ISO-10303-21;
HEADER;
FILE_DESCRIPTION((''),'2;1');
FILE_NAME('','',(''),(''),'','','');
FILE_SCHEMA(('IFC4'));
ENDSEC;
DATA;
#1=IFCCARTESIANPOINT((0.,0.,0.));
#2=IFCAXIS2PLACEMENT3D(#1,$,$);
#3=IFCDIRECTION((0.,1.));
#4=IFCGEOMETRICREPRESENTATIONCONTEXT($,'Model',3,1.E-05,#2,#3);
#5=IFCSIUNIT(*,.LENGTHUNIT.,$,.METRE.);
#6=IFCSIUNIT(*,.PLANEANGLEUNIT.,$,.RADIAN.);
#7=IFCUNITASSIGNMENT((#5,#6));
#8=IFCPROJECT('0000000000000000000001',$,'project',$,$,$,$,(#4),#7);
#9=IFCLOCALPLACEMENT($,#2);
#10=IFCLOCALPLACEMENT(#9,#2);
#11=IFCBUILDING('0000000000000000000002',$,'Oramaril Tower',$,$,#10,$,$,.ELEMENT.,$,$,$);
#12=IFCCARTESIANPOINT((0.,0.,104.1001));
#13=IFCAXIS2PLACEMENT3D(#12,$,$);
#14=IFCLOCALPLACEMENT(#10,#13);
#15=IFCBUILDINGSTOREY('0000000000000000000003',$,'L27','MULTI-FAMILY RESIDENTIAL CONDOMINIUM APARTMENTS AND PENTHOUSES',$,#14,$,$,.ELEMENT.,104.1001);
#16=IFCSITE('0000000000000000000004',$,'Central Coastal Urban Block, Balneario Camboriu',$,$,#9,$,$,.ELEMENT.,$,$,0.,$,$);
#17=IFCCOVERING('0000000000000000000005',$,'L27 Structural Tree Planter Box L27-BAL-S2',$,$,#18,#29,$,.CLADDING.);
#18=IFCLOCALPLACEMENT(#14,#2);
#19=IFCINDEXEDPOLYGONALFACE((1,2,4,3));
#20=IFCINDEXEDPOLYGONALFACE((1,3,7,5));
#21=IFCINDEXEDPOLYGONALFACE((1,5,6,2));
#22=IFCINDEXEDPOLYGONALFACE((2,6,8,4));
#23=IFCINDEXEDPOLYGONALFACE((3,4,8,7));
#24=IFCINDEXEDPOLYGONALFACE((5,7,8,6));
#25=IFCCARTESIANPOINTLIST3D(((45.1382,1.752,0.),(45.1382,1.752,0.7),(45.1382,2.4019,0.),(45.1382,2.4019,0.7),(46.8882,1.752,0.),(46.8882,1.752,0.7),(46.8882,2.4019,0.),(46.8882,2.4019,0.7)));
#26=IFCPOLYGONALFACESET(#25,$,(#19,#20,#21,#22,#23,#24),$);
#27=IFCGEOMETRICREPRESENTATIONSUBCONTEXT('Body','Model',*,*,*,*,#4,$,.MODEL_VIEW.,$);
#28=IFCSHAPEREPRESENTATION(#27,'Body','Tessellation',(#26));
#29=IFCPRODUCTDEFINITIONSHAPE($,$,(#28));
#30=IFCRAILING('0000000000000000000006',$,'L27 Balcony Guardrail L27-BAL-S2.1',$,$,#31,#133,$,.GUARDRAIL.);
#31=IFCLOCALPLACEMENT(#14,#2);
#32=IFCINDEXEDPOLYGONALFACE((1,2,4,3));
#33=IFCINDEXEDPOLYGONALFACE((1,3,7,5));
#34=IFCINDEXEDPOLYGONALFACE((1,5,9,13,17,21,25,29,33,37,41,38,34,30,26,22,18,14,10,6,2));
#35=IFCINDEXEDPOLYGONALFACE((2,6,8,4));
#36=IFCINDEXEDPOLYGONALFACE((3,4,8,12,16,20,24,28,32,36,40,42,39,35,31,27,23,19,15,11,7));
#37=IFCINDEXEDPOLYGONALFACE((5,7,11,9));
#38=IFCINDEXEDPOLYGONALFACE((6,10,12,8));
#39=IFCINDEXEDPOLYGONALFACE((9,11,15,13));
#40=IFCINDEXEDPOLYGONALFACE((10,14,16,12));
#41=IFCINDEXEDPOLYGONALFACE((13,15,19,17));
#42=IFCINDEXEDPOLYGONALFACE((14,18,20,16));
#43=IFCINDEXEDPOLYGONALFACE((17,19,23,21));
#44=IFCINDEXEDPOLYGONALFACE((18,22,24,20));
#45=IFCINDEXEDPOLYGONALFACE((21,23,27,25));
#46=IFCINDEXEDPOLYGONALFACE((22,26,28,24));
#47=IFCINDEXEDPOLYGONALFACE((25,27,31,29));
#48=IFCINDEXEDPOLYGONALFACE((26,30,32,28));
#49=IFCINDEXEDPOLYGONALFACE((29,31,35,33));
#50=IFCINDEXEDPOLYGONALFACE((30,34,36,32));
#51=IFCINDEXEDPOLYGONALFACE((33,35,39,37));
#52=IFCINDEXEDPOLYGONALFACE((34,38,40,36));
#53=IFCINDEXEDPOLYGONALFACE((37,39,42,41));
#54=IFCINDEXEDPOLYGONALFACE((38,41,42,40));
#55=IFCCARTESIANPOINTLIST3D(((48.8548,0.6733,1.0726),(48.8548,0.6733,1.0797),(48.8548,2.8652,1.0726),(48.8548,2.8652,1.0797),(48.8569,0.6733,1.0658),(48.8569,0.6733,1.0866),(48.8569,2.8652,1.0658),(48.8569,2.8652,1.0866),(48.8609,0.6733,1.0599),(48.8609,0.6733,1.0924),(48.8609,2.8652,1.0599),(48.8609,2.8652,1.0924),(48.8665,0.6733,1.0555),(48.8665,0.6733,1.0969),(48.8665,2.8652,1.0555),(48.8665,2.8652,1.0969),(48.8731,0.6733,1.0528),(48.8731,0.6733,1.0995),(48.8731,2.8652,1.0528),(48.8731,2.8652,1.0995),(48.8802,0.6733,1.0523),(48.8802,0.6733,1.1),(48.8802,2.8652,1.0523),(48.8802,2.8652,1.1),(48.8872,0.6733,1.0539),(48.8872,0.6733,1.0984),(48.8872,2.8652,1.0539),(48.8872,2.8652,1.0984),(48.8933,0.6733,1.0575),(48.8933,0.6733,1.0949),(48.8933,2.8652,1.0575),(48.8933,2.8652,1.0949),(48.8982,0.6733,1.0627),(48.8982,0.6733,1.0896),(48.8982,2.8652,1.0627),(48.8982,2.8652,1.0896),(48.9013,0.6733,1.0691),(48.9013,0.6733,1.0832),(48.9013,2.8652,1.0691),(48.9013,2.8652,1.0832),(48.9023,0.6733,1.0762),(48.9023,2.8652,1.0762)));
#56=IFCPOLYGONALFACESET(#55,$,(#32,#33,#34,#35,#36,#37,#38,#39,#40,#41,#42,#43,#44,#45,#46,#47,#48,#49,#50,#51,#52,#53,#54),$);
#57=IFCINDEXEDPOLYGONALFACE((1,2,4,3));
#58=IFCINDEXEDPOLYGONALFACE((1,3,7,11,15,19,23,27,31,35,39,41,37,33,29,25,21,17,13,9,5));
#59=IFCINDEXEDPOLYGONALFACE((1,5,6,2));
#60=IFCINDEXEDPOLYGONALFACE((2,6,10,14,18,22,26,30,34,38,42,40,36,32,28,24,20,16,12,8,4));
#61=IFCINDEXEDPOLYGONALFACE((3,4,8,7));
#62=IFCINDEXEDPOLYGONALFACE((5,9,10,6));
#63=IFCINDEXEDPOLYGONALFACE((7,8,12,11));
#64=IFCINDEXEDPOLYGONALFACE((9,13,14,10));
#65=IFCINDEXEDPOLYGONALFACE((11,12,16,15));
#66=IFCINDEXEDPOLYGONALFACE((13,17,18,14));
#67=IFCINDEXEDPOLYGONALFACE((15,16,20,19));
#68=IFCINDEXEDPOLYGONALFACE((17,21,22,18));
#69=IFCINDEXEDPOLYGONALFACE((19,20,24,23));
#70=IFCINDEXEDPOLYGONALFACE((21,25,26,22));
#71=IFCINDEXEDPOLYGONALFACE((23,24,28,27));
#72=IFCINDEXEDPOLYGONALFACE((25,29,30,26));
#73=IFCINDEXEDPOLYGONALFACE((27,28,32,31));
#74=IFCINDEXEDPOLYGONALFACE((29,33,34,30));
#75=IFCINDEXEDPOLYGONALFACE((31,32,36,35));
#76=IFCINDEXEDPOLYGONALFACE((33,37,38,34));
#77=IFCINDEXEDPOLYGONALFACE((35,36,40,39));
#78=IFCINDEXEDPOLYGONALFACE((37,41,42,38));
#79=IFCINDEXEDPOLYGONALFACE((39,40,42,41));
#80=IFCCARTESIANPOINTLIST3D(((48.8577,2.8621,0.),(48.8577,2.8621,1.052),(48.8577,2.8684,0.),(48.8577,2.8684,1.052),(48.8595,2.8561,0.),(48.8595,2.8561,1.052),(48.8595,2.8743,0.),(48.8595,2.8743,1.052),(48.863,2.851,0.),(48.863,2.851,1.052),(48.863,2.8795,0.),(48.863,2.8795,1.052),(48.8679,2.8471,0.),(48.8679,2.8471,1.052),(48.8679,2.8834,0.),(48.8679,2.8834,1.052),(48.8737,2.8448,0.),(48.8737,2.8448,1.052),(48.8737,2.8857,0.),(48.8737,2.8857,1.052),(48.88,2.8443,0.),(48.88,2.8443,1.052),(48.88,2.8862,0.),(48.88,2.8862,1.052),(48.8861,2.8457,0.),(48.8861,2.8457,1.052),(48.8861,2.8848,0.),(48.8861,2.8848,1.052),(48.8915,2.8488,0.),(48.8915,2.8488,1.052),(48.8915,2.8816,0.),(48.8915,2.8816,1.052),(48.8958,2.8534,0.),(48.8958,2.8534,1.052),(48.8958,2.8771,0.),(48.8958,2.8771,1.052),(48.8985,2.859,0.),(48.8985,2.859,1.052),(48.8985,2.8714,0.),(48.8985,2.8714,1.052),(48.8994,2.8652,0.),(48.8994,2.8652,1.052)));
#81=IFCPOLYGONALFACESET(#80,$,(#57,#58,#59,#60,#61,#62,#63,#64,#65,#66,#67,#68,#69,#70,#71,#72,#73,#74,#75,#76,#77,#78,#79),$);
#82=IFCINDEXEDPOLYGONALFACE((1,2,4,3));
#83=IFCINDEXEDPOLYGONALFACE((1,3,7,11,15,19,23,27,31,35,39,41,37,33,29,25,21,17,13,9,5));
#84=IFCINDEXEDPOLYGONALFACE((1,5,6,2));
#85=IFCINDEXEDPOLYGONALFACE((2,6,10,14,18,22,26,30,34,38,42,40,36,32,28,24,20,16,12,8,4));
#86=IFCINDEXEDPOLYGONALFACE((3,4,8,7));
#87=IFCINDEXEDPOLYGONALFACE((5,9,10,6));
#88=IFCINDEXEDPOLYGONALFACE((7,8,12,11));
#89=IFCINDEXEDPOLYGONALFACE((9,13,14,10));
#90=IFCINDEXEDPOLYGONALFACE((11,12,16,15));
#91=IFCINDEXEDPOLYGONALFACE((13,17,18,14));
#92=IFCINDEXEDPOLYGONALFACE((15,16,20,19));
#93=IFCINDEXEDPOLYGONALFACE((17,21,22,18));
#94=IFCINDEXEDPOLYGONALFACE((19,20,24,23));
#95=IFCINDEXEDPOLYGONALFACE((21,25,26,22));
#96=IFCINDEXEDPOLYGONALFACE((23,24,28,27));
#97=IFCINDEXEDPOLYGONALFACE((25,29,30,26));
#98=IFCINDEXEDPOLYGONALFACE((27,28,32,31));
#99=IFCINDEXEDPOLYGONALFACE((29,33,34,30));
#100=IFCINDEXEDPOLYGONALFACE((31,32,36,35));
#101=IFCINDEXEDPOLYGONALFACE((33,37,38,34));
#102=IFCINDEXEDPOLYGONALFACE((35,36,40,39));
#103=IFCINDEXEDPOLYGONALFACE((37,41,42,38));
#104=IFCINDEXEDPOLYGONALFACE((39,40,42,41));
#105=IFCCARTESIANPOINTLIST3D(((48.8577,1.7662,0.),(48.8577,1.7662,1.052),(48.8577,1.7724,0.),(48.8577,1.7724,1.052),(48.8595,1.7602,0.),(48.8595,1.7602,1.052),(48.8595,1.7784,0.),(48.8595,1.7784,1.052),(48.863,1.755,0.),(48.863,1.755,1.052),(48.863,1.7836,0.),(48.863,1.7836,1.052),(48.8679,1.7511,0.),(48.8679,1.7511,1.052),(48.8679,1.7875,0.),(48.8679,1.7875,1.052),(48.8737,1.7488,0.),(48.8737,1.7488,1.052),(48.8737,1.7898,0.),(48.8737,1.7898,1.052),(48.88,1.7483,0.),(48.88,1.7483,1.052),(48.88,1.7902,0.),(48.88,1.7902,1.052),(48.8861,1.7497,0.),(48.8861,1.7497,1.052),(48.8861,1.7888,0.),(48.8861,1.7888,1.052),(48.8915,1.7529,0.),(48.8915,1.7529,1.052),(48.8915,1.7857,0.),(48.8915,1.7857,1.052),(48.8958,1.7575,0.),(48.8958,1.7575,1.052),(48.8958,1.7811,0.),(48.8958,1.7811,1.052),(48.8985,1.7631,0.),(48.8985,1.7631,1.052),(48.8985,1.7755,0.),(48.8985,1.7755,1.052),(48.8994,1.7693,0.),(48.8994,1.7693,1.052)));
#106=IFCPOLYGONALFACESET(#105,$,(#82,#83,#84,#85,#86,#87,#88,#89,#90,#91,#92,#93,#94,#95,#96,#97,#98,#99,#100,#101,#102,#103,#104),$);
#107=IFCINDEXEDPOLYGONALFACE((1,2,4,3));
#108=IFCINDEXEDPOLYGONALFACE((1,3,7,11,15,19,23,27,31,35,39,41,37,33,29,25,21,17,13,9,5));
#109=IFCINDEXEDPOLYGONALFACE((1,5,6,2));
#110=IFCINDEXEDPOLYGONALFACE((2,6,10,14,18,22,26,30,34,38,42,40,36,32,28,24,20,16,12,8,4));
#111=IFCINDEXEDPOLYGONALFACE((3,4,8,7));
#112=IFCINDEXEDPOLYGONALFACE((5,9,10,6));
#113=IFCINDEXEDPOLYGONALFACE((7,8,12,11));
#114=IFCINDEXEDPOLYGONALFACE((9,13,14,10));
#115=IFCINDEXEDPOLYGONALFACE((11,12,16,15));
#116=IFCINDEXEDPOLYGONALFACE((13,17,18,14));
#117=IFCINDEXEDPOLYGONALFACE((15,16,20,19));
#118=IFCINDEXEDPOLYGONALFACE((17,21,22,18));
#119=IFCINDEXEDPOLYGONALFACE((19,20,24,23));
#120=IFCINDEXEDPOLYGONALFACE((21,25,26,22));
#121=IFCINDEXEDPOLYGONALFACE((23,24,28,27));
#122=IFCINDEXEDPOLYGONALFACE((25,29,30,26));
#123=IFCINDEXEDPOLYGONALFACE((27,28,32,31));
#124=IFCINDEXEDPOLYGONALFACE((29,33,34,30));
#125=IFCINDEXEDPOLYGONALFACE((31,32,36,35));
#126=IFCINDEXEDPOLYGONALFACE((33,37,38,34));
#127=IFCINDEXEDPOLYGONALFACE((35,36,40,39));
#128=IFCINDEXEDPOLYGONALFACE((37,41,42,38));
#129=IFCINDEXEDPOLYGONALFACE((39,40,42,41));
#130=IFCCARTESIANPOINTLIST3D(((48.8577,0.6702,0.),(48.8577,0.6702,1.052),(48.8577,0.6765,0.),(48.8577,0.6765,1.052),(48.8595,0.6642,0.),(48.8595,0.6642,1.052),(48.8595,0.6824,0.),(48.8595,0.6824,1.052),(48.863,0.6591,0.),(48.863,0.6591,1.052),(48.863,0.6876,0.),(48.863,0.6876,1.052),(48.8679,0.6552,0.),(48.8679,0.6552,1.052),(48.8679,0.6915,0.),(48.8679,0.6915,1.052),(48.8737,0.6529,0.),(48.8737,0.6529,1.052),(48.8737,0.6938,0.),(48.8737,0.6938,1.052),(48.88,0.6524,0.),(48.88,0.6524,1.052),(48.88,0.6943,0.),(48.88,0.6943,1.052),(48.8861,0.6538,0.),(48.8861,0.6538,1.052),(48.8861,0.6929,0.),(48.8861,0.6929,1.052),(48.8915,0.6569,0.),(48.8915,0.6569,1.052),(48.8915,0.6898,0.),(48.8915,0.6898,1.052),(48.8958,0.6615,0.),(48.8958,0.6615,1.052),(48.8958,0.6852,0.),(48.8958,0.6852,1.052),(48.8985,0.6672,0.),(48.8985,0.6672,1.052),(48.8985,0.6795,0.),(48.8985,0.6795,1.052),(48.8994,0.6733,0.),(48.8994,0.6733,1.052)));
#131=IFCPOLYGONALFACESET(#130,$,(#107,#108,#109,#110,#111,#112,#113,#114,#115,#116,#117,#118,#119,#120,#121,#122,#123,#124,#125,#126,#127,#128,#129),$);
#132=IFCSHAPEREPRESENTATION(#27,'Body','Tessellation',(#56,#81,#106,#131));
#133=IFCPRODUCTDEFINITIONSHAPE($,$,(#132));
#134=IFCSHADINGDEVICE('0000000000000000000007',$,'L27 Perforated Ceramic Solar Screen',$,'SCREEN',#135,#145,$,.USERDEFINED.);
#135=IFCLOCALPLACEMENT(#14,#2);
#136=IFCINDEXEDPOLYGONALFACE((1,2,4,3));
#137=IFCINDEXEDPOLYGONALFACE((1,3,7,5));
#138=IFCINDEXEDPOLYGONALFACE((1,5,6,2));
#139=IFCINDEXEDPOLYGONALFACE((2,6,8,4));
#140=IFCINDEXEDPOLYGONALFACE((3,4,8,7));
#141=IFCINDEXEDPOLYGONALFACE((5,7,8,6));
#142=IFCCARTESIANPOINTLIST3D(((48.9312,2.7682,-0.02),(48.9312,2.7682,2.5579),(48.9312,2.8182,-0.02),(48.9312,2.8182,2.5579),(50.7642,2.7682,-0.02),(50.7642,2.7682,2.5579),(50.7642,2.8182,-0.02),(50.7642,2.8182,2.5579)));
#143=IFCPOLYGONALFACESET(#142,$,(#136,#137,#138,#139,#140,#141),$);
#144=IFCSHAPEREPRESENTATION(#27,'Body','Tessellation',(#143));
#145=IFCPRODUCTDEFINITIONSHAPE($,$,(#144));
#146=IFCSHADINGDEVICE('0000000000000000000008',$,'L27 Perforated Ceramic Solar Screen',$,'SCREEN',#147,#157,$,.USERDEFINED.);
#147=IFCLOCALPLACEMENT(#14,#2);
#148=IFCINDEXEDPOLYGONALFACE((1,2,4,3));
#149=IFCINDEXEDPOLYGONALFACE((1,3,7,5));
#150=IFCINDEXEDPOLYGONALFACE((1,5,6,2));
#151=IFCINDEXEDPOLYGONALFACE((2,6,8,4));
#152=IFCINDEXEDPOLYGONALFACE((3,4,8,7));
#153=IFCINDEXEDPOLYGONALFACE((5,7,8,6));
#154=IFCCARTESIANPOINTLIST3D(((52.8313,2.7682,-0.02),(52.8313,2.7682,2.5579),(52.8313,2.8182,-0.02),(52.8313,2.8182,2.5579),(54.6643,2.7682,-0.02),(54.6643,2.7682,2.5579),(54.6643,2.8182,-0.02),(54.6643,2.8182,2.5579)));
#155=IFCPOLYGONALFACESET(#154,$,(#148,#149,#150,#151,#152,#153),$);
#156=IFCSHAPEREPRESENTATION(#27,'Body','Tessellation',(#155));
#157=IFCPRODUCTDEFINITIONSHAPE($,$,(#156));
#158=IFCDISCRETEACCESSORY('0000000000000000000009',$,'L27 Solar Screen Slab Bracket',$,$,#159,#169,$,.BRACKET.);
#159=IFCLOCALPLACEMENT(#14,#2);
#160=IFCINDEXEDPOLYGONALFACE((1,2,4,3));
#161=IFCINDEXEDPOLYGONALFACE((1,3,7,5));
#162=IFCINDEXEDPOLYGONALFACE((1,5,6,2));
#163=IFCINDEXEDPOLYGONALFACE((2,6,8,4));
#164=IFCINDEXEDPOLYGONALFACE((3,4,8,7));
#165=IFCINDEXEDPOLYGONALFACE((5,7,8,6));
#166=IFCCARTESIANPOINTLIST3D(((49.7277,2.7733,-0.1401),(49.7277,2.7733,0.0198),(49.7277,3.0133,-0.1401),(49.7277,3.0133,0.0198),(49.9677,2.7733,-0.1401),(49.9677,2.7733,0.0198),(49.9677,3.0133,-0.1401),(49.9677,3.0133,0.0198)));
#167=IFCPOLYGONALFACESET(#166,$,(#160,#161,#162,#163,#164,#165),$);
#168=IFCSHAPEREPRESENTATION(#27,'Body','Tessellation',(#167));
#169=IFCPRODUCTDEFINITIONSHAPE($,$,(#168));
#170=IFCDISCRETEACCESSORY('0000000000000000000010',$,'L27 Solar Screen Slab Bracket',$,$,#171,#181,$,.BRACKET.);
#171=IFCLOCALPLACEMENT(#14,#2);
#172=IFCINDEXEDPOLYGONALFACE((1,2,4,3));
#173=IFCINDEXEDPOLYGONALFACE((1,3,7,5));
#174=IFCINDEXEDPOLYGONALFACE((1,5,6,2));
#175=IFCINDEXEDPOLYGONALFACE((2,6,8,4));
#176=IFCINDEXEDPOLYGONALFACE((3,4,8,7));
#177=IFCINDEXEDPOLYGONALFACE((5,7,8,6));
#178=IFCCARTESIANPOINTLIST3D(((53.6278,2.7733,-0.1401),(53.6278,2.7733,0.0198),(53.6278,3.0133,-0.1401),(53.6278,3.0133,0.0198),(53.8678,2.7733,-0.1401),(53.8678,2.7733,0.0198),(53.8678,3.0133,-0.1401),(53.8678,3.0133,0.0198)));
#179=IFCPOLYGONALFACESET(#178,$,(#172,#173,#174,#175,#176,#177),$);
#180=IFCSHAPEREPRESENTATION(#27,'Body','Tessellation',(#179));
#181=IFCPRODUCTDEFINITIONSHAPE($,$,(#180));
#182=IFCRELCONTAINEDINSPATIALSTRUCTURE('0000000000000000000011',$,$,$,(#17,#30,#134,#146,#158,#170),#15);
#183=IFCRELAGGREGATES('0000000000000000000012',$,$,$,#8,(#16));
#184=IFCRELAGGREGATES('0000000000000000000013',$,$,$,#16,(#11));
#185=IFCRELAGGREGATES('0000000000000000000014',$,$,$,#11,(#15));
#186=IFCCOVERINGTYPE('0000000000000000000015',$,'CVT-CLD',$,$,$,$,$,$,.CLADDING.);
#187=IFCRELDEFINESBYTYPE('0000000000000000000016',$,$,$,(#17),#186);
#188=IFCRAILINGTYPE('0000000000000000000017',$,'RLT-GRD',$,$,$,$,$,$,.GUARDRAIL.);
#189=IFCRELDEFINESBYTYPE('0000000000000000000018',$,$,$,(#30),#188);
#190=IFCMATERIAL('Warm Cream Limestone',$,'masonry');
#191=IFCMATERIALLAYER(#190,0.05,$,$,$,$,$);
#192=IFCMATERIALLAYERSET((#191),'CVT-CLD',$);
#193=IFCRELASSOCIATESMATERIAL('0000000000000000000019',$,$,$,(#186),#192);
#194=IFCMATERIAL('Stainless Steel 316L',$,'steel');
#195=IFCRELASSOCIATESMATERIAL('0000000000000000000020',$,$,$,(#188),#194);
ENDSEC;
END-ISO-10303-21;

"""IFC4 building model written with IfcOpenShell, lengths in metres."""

from ifc_helpers import new_model, si_unit, direction, frame, origin, origin_2d, place, context, subcontext, project, spatial, rectangle, circle, extrude, material, layer, layer_set, type_object, element, save


model = new_model("IFC4")

# Units and contexts
model_context = context("Model", 3, precision=1e-05, world=origin(), true_north=direction((0.0, 1.0)))
body_context = subcontext(model_context, "Body", "Model", "MODEL_VIEW")
ifc_project = project(units=[si_unit("LENGTHUNIT", "METRE"), si_unit("PLANEANGLEUNIT", "RADIAN")], contexts=[model_context])

# Site, building, storey
site_placement = place(None, origin())
site = spatial("IfcSite", under=ifc_project, at=site_placement, Name="Central Coastal Urban Block, Balneario Camboriu", CompositionType="ELEMENT", RefElevation=0.0)
building_placement = place(site_placement, origin())
building = spatial("IfcBuilding", under=site, at=building_placement, Name="Oramaril Tower", CompositionType="ELEMENT")
storey_placement = place(building_placement, frame((0.0, 0.0, 104.1001)))
storey = spatial("IfcBuildingStorey", under=building, at=storey_placement, Name="L27", Description="MULTI-FAMILY RESIDENTIAL CONDOMINIUM APARTMENTS AND PENTHOUSES", CompositionType="ELEMENT", Elevation=104.1001)

# Covering
ifc_material_1 = material(Name="Warm Cream Limestone", Category="masonry")
ifc_layer_1 = layer(ifc_material_1, 0.05)
ifc_layer_set_1 = layer_set([ifc_layer_1], Name="CVT-CLD")
covering_type = type_object("IfcCoveringType", Name="CVT-CLD", PredefinedType="CLADDING", material=ifc_layer_set_1)
covering_1_placement = place(storey_placement, frame((46.0132, 2.0769, 0.0), z_axis=(0.0, 0.0, 1.0), x_axis=(1.0, 0.0, 0.0)))
element("IfcCovering", 1, at=covering_1_placement, inside=storey, type_object=covering_type, Name="L27 Structural Tree Planter Box L27-BAL-S2", PredefinedType="CLADDING", context=body_context, shape_type="SweptSolid", body=[
    extrude(rectangle(XDim=1.75, YDim=0.6499, at=origin_2d()), origin(), (0.0, 0.0, 1.0), 0.7),
])

# Railing
ifc_material_2 = material(Name="Stainless Steel 316L", Category="steel")
railing_type = type_object("IfcRailingType", Name="RLT-GRD", PredefinedType="GUARDRAIL", material=ifc_material_2)
railing_1_placement = place(storey_placement, frame((48.8784, 2.8652, 0.0)))
element("IfcRailing", 2, at=railing_1_placement, inside=storey, type_object=railing_type, Name="L27 Balcony Guardrail L27-BAL-S2.1", PredefinedType="GUARDRAIL", context=body_context, shape_type="SweptSolid", body=[
    extrude(circle(Radius=0.0239, at=origin_2d()), frame((0.0, 0.0, 1.0762), z_axis=(0.0, -1.0, 0.0), x_axis=(1.0, 0.0, 0.0)), (0.0, 0.0, 1.0), 2.1919),
    extrude(circle(Radius=0.021, at=origin_2d()), origin(), (0.0, 0.0, 1.0), 1.052),
    extrude(circle(Radius=0.021, at=origin_2d()), frame((0.0, -1.0959, 0.0)), (0.0, 0.0, 1.0), 1.052),
    extrude(circle(Radius=0.021, at=origin_2d()), frame((0.0, -2.1919, 0.0)), (0.0, 0.0, 1.0), 1.052),
])

# Shading devices
for number, where, z_axis, x_axis, name in (
    (3, (49.8477, 2.7932, -0.02), (0.0, 0.0, 1.0), (1.0, 0.0, 0.0), "L27 Perforated Ceramic Solar Screen"),
    (4, (53.7478, 2.7932, -0.02), (0.0, 0.0, 1.0), (1.0, 0.0, 0.0), "L27 Perforated Ceramic Solar Screen"),
):
    element("IfcShadingDevice", number, at=place(storey_placement, frame(where, z_axis=z_axis, x_axis=x_axis)), inside=storey, Name=name, ObjectType="SCREEN", PredefinedType="USERDEFINED", context=body_context, shape_type="SweptSolid", body=[
        extrude(rectangle(XDim=1.833, YDim=0.05, at=origin_2d()), origin(), (0.0, 0.0, 1.0), 2.5779),
    ])

# Discrete accessories
for number, where, z_axis, x_axis, name in (
    (5, (49.8477, 2.8933, -0.1401), (0.0, 0.0, 1.0), (1.0, 0.0, 0.0), "L27 Solar Screen Slab Bracket"),
    (6, (53.7478, 2.8933, -0.1401), (0.0, 0.0, 1.0), (1.0, 0.0, 0.0), "L27 Solar Screen Slab Bracket"),
):
    element("IfcDiscreteAccessory", number, at=place(storey_placement, frame(where, z_axis=z_axis, x_axis=x_axis)), inside=storey, Name=name, PredefinedType="BRACKET", context=body_context, shape_type="SweptSolid", body=[
        extrude(rectangle(XDim=0.24, YDim=0.24, at=origin_2d()), origin(), (0.0, 0.0, 1.0), 0.1599),
    ])

save(model, "model.ifc")
